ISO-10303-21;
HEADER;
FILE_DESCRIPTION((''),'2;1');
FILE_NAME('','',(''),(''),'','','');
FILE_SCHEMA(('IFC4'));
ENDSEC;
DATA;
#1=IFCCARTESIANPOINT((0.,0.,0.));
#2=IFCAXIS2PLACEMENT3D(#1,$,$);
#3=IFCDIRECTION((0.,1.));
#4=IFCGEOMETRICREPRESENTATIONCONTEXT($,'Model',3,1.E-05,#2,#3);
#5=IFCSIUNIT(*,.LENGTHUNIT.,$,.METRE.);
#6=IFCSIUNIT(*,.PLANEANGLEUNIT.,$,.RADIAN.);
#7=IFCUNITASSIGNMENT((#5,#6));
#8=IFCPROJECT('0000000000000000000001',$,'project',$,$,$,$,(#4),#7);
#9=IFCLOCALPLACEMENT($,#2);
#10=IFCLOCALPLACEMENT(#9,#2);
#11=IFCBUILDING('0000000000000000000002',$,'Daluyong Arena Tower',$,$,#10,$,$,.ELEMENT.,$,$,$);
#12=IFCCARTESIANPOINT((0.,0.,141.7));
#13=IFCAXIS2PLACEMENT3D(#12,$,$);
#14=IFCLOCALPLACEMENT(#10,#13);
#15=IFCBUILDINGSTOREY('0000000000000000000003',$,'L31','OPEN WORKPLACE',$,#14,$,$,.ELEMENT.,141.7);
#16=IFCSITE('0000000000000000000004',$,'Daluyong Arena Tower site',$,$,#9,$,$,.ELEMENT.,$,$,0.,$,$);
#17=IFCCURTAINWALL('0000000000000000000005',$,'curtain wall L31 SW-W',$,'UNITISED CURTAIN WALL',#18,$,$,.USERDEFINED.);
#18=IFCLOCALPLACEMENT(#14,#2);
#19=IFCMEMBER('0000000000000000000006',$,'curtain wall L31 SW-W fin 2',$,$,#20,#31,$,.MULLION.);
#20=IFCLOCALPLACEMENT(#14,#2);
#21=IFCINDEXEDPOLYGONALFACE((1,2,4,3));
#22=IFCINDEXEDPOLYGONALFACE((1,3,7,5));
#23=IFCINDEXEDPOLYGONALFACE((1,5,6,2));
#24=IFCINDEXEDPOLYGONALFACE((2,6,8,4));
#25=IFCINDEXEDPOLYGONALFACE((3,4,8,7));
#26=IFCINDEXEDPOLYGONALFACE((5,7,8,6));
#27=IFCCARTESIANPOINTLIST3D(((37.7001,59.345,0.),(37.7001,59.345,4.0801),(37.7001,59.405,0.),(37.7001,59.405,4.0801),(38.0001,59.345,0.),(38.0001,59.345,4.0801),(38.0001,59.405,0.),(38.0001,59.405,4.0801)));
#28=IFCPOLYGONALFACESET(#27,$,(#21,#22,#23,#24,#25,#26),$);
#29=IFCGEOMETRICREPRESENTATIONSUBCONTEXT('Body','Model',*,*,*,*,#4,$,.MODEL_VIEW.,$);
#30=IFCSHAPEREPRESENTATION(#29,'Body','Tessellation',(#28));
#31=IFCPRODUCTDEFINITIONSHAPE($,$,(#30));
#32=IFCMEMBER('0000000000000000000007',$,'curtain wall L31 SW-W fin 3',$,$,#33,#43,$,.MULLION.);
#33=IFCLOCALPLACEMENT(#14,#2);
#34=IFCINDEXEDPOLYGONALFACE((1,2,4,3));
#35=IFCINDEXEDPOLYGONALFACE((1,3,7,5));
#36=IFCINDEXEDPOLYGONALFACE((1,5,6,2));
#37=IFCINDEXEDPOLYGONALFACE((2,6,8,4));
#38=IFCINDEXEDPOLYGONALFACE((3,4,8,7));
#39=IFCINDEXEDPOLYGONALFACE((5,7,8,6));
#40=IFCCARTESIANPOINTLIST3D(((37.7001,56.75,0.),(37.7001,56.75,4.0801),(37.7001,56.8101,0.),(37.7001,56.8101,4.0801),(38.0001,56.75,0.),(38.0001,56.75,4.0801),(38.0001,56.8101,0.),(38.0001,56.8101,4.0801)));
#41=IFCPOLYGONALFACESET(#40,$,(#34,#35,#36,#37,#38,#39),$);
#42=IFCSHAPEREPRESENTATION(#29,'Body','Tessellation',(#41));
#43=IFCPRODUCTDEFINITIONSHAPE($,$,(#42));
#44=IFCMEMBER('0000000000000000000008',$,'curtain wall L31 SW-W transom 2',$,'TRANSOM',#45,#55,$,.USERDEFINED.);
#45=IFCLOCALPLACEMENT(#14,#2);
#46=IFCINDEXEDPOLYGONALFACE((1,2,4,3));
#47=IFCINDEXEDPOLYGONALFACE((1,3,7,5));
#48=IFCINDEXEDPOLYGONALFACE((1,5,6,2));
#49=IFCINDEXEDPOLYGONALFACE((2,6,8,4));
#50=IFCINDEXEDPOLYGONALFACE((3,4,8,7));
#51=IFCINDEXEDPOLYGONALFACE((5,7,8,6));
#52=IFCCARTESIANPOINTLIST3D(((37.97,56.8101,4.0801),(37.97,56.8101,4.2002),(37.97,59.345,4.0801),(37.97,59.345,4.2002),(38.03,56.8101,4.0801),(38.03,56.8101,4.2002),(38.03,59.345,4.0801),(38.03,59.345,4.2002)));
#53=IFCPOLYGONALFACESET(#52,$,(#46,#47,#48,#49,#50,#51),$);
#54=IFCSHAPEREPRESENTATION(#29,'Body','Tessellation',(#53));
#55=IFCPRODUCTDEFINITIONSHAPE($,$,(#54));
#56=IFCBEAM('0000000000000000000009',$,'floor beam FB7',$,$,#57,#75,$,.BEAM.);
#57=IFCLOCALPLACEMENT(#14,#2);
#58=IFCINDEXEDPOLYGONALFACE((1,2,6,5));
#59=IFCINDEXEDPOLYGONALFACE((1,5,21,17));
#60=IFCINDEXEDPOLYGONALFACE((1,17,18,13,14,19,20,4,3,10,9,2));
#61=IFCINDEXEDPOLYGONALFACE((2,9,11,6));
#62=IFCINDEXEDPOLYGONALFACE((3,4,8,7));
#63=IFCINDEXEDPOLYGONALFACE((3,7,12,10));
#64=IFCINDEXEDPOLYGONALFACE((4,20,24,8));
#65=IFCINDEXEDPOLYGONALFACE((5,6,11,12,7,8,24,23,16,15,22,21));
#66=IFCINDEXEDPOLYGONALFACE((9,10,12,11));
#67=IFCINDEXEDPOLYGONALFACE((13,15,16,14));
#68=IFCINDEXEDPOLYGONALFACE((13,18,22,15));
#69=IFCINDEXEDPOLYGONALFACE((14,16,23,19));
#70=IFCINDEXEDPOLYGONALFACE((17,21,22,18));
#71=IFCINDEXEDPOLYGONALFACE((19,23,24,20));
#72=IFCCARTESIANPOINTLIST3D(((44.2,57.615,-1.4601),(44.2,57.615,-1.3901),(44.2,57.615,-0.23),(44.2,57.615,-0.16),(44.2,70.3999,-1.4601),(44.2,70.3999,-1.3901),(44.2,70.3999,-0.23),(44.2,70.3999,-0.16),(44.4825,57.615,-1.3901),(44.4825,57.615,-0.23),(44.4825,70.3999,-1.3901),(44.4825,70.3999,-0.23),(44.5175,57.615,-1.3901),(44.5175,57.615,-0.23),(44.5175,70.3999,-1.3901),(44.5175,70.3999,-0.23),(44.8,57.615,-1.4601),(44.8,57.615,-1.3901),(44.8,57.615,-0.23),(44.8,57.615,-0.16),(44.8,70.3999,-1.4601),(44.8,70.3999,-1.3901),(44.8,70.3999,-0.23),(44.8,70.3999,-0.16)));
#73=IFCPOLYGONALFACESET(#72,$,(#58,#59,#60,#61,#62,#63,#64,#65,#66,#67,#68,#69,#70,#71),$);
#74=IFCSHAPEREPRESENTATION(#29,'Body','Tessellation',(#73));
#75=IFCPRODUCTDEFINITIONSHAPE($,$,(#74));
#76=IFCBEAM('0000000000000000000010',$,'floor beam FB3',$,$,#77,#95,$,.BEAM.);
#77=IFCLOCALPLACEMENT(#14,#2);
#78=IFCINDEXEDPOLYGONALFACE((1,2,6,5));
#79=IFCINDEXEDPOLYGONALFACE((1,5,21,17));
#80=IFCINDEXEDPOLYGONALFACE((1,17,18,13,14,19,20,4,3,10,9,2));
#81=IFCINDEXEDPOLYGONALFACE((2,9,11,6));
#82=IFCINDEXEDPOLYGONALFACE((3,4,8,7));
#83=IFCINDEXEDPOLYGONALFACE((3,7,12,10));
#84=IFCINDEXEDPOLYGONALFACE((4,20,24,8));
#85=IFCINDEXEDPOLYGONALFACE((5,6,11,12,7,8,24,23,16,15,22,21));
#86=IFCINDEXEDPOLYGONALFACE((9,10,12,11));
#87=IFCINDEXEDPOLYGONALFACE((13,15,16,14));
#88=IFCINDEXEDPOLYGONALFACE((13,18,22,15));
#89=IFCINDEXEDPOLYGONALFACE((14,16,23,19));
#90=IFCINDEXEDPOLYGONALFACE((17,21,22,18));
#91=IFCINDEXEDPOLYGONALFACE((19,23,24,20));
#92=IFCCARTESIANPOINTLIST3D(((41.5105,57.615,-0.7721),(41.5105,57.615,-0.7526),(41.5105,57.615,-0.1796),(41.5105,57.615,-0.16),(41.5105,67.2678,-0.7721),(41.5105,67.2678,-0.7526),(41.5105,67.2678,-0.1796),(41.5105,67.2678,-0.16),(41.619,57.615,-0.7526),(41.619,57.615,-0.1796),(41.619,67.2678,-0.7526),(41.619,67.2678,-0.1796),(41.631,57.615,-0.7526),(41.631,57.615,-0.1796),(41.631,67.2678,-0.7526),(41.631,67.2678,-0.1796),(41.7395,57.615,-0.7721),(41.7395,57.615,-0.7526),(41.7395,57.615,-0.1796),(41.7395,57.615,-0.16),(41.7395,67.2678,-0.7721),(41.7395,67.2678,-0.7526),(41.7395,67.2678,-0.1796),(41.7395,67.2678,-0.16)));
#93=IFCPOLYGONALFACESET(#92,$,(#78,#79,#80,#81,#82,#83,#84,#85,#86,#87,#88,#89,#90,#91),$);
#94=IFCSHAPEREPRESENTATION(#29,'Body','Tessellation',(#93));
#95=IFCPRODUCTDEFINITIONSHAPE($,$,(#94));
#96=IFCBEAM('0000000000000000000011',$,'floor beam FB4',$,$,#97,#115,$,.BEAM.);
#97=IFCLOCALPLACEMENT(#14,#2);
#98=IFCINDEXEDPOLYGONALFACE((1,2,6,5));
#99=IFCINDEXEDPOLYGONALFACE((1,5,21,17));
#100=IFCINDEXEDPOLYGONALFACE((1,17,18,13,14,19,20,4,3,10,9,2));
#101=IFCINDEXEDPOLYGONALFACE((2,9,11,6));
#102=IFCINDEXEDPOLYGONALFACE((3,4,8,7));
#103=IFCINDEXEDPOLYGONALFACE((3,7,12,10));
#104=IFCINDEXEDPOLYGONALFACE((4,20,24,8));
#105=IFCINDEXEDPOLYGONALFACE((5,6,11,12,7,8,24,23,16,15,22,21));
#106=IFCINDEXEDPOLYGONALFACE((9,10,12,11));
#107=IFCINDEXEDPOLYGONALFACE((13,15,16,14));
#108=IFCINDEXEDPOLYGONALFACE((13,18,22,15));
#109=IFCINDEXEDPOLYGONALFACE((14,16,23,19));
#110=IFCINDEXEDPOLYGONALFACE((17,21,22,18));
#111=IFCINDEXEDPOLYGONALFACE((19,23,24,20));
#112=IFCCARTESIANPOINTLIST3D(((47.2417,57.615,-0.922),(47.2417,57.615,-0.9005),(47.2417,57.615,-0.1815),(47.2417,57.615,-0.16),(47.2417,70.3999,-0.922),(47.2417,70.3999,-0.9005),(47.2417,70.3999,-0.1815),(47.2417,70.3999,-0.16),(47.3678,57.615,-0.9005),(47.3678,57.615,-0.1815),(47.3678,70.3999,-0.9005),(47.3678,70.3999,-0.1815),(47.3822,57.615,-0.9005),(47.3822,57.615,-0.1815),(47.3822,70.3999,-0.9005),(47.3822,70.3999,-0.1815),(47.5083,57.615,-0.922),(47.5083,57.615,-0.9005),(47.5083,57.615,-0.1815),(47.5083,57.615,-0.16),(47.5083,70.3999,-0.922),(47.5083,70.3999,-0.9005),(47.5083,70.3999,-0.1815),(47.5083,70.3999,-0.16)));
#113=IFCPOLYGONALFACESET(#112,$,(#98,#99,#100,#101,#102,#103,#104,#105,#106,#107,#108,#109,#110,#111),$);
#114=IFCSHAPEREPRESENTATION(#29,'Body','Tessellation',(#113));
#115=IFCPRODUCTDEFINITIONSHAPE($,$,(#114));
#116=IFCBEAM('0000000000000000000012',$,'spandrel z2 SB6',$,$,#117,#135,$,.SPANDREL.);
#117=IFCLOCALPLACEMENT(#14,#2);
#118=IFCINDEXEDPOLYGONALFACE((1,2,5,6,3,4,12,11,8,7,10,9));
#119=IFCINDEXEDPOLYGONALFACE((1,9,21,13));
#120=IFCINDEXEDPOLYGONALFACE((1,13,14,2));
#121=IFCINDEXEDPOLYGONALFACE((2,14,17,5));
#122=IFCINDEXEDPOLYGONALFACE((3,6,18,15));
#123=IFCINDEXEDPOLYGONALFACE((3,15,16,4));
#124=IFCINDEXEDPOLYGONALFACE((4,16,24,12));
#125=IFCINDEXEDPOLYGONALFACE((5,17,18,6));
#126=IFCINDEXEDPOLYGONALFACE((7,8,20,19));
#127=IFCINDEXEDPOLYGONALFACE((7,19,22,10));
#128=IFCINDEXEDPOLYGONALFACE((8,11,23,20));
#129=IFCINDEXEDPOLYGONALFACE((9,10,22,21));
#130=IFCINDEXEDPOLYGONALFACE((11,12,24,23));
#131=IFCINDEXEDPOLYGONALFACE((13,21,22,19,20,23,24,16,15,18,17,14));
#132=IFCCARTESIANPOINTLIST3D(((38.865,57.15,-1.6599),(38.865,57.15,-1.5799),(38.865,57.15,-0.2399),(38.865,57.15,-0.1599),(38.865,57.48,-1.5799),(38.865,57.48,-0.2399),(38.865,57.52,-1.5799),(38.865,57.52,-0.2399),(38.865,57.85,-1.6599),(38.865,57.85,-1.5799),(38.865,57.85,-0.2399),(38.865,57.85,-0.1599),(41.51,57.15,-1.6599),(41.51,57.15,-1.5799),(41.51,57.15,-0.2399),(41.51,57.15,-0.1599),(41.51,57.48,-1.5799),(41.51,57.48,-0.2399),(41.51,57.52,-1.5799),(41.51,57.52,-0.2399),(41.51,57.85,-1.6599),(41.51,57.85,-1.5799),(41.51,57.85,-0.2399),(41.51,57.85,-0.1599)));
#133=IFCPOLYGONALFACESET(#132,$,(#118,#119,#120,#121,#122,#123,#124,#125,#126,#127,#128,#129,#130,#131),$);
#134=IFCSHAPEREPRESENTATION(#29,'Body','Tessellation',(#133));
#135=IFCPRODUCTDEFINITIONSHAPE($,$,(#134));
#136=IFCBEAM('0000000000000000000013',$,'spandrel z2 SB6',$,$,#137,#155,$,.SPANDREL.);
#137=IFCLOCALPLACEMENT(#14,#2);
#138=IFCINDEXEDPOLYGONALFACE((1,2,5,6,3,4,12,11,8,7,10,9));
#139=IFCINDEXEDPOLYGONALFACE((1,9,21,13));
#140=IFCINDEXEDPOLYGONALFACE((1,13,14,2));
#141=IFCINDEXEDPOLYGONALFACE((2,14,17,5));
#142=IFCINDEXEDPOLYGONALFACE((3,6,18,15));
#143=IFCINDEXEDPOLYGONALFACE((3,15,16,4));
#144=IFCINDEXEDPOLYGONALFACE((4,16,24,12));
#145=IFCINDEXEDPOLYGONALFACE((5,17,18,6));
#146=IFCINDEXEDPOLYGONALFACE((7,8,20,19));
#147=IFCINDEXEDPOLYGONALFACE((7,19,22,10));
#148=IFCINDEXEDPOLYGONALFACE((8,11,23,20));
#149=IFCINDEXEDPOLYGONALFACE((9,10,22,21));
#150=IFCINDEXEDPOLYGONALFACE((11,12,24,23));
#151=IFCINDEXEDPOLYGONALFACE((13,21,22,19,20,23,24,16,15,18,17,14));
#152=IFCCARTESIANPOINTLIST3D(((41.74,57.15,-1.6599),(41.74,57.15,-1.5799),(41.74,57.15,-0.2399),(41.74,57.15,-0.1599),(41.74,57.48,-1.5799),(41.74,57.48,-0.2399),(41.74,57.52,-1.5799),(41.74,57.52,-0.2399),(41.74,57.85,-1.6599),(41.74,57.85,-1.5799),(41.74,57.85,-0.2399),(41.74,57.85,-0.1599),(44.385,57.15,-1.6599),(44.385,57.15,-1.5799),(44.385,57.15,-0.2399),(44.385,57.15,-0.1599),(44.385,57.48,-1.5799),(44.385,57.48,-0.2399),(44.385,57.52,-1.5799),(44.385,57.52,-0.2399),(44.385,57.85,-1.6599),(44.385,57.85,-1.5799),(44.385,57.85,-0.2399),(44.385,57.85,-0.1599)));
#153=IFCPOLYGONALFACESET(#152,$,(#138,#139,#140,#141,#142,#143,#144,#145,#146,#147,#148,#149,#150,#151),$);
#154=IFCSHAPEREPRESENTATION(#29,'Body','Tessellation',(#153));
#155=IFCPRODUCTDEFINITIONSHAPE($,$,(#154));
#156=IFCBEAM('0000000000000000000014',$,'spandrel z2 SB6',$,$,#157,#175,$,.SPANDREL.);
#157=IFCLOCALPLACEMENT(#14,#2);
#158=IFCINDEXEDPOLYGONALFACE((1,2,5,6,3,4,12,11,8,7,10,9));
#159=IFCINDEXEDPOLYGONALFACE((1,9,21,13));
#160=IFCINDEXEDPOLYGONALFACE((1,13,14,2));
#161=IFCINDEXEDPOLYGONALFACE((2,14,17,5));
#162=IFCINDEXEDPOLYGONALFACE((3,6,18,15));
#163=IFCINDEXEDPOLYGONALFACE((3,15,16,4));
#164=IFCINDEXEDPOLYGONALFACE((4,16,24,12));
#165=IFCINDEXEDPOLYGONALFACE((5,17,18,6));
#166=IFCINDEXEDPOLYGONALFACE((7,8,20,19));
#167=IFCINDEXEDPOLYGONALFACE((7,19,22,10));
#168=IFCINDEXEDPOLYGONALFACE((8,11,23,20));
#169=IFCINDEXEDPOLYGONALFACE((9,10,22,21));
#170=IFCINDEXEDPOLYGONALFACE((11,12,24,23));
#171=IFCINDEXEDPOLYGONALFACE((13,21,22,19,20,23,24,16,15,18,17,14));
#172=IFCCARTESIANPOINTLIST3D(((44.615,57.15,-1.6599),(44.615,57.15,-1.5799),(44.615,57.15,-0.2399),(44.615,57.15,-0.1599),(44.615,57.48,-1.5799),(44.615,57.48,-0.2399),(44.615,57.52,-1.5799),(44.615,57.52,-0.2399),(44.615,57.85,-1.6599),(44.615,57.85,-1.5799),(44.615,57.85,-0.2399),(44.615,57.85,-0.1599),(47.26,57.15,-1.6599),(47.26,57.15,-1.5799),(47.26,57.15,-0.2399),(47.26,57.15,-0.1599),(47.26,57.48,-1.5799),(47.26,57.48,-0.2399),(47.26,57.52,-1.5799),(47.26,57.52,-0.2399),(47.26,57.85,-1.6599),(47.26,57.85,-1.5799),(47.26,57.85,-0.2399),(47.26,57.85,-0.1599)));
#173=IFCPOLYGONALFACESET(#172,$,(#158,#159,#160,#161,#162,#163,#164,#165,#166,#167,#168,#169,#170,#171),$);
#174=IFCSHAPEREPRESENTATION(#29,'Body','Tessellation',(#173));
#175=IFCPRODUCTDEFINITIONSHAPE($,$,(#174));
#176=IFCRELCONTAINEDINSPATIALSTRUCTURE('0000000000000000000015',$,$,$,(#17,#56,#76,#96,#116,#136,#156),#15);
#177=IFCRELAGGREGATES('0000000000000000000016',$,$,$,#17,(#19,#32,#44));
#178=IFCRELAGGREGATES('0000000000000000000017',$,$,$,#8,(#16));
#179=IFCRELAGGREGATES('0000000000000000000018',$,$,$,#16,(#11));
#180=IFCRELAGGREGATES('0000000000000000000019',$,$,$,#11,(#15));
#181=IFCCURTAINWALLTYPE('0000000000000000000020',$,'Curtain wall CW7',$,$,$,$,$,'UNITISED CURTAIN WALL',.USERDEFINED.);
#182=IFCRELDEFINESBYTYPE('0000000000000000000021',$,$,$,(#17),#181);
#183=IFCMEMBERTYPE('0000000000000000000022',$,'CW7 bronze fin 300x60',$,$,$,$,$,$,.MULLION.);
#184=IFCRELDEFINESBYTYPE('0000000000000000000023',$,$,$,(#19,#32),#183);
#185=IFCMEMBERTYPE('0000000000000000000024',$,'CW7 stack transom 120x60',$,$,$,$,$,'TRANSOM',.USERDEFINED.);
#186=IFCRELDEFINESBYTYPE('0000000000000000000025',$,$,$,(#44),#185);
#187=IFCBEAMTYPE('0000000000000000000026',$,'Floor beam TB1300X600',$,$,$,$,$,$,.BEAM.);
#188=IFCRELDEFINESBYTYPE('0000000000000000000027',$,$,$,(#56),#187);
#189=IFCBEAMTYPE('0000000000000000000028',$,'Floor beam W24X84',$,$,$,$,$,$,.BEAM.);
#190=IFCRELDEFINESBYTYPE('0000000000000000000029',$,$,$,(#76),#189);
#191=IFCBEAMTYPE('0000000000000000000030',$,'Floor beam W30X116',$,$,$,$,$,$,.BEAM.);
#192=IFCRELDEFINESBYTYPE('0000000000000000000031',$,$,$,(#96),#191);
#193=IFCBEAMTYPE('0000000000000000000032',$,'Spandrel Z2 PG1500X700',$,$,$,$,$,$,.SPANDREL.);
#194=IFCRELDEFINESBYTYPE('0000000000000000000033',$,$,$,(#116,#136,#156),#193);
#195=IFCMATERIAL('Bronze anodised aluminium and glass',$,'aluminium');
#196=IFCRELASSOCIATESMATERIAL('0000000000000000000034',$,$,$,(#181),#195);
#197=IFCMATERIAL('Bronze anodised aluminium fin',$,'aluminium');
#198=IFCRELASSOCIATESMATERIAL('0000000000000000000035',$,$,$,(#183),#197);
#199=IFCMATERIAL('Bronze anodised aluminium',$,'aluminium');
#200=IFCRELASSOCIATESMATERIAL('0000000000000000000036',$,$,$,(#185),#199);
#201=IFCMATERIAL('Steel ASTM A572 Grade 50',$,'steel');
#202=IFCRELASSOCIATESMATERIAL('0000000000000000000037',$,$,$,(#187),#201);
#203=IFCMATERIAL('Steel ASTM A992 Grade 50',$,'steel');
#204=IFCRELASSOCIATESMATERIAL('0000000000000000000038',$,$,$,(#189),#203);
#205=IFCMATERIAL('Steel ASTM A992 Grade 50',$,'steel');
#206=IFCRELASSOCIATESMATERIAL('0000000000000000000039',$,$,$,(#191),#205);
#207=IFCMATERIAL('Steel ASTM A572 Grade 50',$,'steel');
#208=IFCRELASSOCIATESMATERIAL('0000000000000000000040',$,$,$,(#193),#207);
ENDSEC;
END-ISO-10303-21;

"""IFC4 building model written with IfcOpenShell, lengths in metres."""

from ifc_helpers import new_model, si_unit, direction, frame, origin, origin_2d, place, context, subcontext, project, spatial, rectangle, i_section, extrude, material, material_profile, profile_set, type_object, element, aggregate, save


model = new_model("IFC4")

# Units and contexts
model_context = context("Model", 3, precision=1e-05, world=origin(), true_north=direction((0.0, 1.0)))
body_context = subcontext(model_context, "Body", "Model", "MODEL_VIEW")
ifc_project = project(units=[si_unit("LENGTHUNIT", "METRE"), si_unit("PLANEANGLEUNIT", "RADIAN")], contexts=[model_context])

# Site, building, storey
site_placement = place(None, origin())
site = spatial("IfcSite", under=ifc_project, at=site_placement, Name="Daluyong Arena Tower site", CompositionType="ELEMENT", RefElevation=0.0)
building_placement = place(site_placement, origin())
building = spatial("IfcBuilding", under=site, at=building_placement, Name="Daluyong Arena Tower", CompositionType="ELEMENT")
storey_placement = place(building_placement, frame((0.0, 0.0, 141.7)))
storey = spatial("IfcBuildingStorey", under=building, at=storey_placement, Name="L31", Description="OPEN WORKPLACE", CompositionType="ELEMENT", Elevation=141.7)

# Curtain wall, members
ifc_material_1 = material(Name="Bronze anodised aluminium and glass", Category="aluminium")
curtain_wall_type_1 = type_object("IfcCurtainWallType", Name="Curtain wall CW7", ElementType="UNITISED CURTAIN WALL", PredefinedType="USERDEFINED", material=ifc_material_1)
curtain_wall_1_placement = place(storey_placement, origin())
curtain_wall_1 = element("IfcCurtainWall", 1, at=curtain_wall_1_placement, inside=storey, type_object=curtain_wall_type_1, Name="curtain wall L31 SW-W", ObjectType="UNITISED CURTAIN WALL", PredefinedType="USERDEFINED")
ifc_material_2 = material(Name="Bronze anodised aluminium fin", Category="aluminium")
ifc_material_profile_1 = material_profile(ifc_material_2, rectangle(XDim=0.3, YDim=0.0601, at=origin_2d()))
ifc_profile_set_1 = profile_set([ifc_material_profile_1], Name="Bronze anodised aluminium fin")
member_type_1 = type_object("IfcMemberType", Name="CW7 bronze fin 300x60", PredefinedType="MULLION", material=ifc_profile_set_1)
member_1_placement = place(storey_placement, frame((37.8501, 59.375, 0.0), z_axis=(0.0, 0.0, 1.0), x_axis=(1.0, 0.0, 0.0)))
member_1 = element("IfcMember", 2, at=member_1_placement, type_object=member_type_1, Name="curtain wall L31 SW-W fin 2", PredefinedType="MULLION", context=body_context, shape_type="SweptSolid", body=[
    extrude(rectangle(XDim=0.3, YDim=0.0601, at=origin_2d()), origin(), (0.0, 0.0, 1.0), 4.0801),
])
member_2_placement = place(storey_placement, frame((37.8501, 56.78, 0.0), z_axis=(0.0, 0.0, 1.0), x_axis=(1.0, 0.0, 0.0)))
member_2 = element("IfcMember", 3, at=member_2_placement, type_object=member_type_1, Name="curtain wall L31 SW-W fin 3", PredefinedType="MULLION", context=body_context, shape_type="SweptSolid", body=[
    extrude(rectangle(XDim=0.3, YDim=0.0601, at=origin_2d()), origin(), (0.0, 0.0, 1.0), 4.0801),
])
ifc_material_3 = material(Name="Bronze anodised aluminium", Category="aluminium")
ifc_material_profile_2 = material_profile(ifc_material_3, rectangle(XDim=0.0601, YDim=0.1201, at=origin_2d()))
ifc_profile_set_2 = profile_set([ifc_material_profile_2], Name="Bronze anodised aluminium")
member_type_2 = type_object("IfcMemberType", Name="CW7 stack transom 120x60", ElementType="TRANSOM", PredefinedType="USERDEFINED", material=ifc_profile_set_2)
member_3_placement = place(storey_placement, frame((38.0, 59.345, 4.1401), z_axis=(0.0, -1.0, 0.0), x_axis=(1.0, 0.0, 0.0)))
member_3 = element("IfcMember", 4, at=member_3_placement, type_object=member_type_2, Name="curtain wall L31 SW-W transom 2", ObjectType="TRANSOM", PredefinedType="USERDEFINED", context=body_context, shape_type="SweptSolid", body=[
    extrude(rectangle(XDim=0.0601, YDim=0.1201, at=origin_2d()), origin(), (0.0, 0.0, 1.0), 2.5349),
])

# Beams
ifc_material_4 = material(Name="Steel ASTM A572 Grade 50", Category="steel")
ifc_material_profile_3 = material_profile(ifc_material_4, i_section(OverallWidth=0.6001, OverallDepth=1.3, WebThickness=0.035, FlangeThickness=0.07, at=origin_2d()))
ifc_profile_set_3 = profile_set([ifc_material_profile_3], Name="Steel ASTM A572 Grade 50")
beam_type_1 = type_object("IfcBeamType", Name="Floor beam TB1300X600", PredefinedType="BEAM", material=ifc_profile_set_3)
beam_1_placement = place(storey_placement, frame((44.5, 57.615, -0.8101), z_axis=(0.0, 1.0, 0.0), x_axis=(-1.0, 0.0, 0.0)))
element("IfcBeam", 5, at=beam_1_placement, inside=storey, type_object=beam_type_1, Name="floor beam FB7", PredefinedType="BEAM", context=body_context, shape_type="SweptSolid", body=[
    extrude(i_section(OverallWidth=0.6001, OverallDepth=1.3, WebThickness=0.035, FlangeThickness=0.07, at=origin_2d()), origin(), (0.0, 0.0, 1.0), 12.7849),
])
ifc_material_5 = material(Name="Steel ASTM A992 Grade 50", Category="steel")
ifc_material_profile_4 = material_profile(ifc_material_5, i_section(OverallWidth=0.229, OverallDepth=0.6121, WebThickness=0.012, FlangeThickness=0.0195, at=origin_2d()))
ifc_profile_set_4 = profile_set([ifc_material_profile_4], Name="Steel ASTM A992 Grade 50")
beam_type_2 = type_object("IfcBeamType", Name="Floor beam W24X84", PredefinedType="BEAM", material=ifc_profile_set_4)
beam_2_placement = place(storey_placement, frame((41.625, 57.615, -0.4661), z_axis=(0.0, 1.0, 0.0), x_axis=(-1.0, 0.0, 0.0)))
element("IfcBeam", 6, at=beam_2_placement, inside=storey, type_object=beam_type_2, Name="floor beam FB3", PredefinedType="BEAM", context=body_context, shape_type="SweptSolid", body=[
    extrude(i_section(OverallWidth=0.229, OverallDepth=0.6121, WebThickness=0.012, FlangeThickness=0.0195, at=origin_2d()), origin(), (0.0, 0.0, 1.0), 9.6528),
])
ifc_material_6 = material(Name="Steel ASTM A992 Grade 50", Category="steel")
ifc_material_profile_5 = material_profile(ifc_material_6, i_section(OverallWidth=0.2666, OverallDepth=0.762, WebThickness=0.0144, FlangeThickness=0.0215, at=origin_2d()))
ifc_profile_set_5 = profile_set([ifc_material_profile_5], Name="Steel ASTM A992 Grade 50")
beam_type_3 = type_object("IfcBeamType", Name="Floor beam W30X116", PredefinedType="BEAM", material=ifc_profile_set_5)
beam_3_placement = place(storey_placement, frame((47.375, 57.615, -0.541), z_axis=(0.0, 1.0, 0.0), x_axis=(-1.0, 0.0, 0.0)))
element("IfcBeam", 7, at=beam_3_placement, inside=storey, type_object=beam_type_3, Name="floor beam FB4", PredefinedType="BEAM", context=body_context, shape_type="SweptSolid", body=[
    extrude(i_section(OverallWidth=0.2666, OverallDepth=0.762, WebThickness=0.0144, FlangeThickness=0.0215, at=origin_2d()), origin(), (0.0, 0.0, 1.0), 12.7849),
])
ifc_material_7 = material(Name="Steel ASTM A572 Grade 50", Category="steel")
ifc_material_profile_6 = material_profile(ifc_material_7, i_section(OverallWidth=0.7, OverallDepth=1.5, WebThickness=0.04, FlangeThickness=0.08, at=origin_2d()))
ifc_profile_set_6 = profile_set([ifc_material_profile_6], Name="Steel ASTM A572 Grade 50")
beam_type_4 = type_object("IfcBeamType", Name="Spandrel Z2 PG1500X700", PredefinedType="SPANDREL", material=ifc_profile_set_6)
for number, where, z_axis, x_axis, name in (
    (8, (38.865, 57.5, -0.9099), (1.0, 0.0, 0.0), (0.0, 1.0, 0.0), "spandrel z2 SB6"),
    (9, (41.74, 57.5, -0.9099), (1.0, 0.0, 0.0), (0.0, 1.0, 0.0), "spandrel z2 SB6"),
    (10, (44.615, 57.5, -0.9099), (1.0, 0.0, 0.0), (0.0, 1.0, 0.0), "spandrel z2 SB6"),
):
    element("IfcBeam", number, at=place(storey_placement, frame(where, z_axis=z_axis, x_axis=x_axis)), inside=storey, type_object=beam_type_4, Name=name, PredefinedType="SPANDREL", context=body_context, shape_type="SweptSolid", body=[
        extrude(i_section(OverallWidth=0.7, OverallDepth=1.5, WebThickness=0.04, FlangeThickness=0.08, at=origin_2d()), origin(), (0.0, 0.0, 1.0), 2.645),
    ])

aggregate(curtain_wall_1, [member_1, member_2, member_3])

save(model, "model.ifc")
